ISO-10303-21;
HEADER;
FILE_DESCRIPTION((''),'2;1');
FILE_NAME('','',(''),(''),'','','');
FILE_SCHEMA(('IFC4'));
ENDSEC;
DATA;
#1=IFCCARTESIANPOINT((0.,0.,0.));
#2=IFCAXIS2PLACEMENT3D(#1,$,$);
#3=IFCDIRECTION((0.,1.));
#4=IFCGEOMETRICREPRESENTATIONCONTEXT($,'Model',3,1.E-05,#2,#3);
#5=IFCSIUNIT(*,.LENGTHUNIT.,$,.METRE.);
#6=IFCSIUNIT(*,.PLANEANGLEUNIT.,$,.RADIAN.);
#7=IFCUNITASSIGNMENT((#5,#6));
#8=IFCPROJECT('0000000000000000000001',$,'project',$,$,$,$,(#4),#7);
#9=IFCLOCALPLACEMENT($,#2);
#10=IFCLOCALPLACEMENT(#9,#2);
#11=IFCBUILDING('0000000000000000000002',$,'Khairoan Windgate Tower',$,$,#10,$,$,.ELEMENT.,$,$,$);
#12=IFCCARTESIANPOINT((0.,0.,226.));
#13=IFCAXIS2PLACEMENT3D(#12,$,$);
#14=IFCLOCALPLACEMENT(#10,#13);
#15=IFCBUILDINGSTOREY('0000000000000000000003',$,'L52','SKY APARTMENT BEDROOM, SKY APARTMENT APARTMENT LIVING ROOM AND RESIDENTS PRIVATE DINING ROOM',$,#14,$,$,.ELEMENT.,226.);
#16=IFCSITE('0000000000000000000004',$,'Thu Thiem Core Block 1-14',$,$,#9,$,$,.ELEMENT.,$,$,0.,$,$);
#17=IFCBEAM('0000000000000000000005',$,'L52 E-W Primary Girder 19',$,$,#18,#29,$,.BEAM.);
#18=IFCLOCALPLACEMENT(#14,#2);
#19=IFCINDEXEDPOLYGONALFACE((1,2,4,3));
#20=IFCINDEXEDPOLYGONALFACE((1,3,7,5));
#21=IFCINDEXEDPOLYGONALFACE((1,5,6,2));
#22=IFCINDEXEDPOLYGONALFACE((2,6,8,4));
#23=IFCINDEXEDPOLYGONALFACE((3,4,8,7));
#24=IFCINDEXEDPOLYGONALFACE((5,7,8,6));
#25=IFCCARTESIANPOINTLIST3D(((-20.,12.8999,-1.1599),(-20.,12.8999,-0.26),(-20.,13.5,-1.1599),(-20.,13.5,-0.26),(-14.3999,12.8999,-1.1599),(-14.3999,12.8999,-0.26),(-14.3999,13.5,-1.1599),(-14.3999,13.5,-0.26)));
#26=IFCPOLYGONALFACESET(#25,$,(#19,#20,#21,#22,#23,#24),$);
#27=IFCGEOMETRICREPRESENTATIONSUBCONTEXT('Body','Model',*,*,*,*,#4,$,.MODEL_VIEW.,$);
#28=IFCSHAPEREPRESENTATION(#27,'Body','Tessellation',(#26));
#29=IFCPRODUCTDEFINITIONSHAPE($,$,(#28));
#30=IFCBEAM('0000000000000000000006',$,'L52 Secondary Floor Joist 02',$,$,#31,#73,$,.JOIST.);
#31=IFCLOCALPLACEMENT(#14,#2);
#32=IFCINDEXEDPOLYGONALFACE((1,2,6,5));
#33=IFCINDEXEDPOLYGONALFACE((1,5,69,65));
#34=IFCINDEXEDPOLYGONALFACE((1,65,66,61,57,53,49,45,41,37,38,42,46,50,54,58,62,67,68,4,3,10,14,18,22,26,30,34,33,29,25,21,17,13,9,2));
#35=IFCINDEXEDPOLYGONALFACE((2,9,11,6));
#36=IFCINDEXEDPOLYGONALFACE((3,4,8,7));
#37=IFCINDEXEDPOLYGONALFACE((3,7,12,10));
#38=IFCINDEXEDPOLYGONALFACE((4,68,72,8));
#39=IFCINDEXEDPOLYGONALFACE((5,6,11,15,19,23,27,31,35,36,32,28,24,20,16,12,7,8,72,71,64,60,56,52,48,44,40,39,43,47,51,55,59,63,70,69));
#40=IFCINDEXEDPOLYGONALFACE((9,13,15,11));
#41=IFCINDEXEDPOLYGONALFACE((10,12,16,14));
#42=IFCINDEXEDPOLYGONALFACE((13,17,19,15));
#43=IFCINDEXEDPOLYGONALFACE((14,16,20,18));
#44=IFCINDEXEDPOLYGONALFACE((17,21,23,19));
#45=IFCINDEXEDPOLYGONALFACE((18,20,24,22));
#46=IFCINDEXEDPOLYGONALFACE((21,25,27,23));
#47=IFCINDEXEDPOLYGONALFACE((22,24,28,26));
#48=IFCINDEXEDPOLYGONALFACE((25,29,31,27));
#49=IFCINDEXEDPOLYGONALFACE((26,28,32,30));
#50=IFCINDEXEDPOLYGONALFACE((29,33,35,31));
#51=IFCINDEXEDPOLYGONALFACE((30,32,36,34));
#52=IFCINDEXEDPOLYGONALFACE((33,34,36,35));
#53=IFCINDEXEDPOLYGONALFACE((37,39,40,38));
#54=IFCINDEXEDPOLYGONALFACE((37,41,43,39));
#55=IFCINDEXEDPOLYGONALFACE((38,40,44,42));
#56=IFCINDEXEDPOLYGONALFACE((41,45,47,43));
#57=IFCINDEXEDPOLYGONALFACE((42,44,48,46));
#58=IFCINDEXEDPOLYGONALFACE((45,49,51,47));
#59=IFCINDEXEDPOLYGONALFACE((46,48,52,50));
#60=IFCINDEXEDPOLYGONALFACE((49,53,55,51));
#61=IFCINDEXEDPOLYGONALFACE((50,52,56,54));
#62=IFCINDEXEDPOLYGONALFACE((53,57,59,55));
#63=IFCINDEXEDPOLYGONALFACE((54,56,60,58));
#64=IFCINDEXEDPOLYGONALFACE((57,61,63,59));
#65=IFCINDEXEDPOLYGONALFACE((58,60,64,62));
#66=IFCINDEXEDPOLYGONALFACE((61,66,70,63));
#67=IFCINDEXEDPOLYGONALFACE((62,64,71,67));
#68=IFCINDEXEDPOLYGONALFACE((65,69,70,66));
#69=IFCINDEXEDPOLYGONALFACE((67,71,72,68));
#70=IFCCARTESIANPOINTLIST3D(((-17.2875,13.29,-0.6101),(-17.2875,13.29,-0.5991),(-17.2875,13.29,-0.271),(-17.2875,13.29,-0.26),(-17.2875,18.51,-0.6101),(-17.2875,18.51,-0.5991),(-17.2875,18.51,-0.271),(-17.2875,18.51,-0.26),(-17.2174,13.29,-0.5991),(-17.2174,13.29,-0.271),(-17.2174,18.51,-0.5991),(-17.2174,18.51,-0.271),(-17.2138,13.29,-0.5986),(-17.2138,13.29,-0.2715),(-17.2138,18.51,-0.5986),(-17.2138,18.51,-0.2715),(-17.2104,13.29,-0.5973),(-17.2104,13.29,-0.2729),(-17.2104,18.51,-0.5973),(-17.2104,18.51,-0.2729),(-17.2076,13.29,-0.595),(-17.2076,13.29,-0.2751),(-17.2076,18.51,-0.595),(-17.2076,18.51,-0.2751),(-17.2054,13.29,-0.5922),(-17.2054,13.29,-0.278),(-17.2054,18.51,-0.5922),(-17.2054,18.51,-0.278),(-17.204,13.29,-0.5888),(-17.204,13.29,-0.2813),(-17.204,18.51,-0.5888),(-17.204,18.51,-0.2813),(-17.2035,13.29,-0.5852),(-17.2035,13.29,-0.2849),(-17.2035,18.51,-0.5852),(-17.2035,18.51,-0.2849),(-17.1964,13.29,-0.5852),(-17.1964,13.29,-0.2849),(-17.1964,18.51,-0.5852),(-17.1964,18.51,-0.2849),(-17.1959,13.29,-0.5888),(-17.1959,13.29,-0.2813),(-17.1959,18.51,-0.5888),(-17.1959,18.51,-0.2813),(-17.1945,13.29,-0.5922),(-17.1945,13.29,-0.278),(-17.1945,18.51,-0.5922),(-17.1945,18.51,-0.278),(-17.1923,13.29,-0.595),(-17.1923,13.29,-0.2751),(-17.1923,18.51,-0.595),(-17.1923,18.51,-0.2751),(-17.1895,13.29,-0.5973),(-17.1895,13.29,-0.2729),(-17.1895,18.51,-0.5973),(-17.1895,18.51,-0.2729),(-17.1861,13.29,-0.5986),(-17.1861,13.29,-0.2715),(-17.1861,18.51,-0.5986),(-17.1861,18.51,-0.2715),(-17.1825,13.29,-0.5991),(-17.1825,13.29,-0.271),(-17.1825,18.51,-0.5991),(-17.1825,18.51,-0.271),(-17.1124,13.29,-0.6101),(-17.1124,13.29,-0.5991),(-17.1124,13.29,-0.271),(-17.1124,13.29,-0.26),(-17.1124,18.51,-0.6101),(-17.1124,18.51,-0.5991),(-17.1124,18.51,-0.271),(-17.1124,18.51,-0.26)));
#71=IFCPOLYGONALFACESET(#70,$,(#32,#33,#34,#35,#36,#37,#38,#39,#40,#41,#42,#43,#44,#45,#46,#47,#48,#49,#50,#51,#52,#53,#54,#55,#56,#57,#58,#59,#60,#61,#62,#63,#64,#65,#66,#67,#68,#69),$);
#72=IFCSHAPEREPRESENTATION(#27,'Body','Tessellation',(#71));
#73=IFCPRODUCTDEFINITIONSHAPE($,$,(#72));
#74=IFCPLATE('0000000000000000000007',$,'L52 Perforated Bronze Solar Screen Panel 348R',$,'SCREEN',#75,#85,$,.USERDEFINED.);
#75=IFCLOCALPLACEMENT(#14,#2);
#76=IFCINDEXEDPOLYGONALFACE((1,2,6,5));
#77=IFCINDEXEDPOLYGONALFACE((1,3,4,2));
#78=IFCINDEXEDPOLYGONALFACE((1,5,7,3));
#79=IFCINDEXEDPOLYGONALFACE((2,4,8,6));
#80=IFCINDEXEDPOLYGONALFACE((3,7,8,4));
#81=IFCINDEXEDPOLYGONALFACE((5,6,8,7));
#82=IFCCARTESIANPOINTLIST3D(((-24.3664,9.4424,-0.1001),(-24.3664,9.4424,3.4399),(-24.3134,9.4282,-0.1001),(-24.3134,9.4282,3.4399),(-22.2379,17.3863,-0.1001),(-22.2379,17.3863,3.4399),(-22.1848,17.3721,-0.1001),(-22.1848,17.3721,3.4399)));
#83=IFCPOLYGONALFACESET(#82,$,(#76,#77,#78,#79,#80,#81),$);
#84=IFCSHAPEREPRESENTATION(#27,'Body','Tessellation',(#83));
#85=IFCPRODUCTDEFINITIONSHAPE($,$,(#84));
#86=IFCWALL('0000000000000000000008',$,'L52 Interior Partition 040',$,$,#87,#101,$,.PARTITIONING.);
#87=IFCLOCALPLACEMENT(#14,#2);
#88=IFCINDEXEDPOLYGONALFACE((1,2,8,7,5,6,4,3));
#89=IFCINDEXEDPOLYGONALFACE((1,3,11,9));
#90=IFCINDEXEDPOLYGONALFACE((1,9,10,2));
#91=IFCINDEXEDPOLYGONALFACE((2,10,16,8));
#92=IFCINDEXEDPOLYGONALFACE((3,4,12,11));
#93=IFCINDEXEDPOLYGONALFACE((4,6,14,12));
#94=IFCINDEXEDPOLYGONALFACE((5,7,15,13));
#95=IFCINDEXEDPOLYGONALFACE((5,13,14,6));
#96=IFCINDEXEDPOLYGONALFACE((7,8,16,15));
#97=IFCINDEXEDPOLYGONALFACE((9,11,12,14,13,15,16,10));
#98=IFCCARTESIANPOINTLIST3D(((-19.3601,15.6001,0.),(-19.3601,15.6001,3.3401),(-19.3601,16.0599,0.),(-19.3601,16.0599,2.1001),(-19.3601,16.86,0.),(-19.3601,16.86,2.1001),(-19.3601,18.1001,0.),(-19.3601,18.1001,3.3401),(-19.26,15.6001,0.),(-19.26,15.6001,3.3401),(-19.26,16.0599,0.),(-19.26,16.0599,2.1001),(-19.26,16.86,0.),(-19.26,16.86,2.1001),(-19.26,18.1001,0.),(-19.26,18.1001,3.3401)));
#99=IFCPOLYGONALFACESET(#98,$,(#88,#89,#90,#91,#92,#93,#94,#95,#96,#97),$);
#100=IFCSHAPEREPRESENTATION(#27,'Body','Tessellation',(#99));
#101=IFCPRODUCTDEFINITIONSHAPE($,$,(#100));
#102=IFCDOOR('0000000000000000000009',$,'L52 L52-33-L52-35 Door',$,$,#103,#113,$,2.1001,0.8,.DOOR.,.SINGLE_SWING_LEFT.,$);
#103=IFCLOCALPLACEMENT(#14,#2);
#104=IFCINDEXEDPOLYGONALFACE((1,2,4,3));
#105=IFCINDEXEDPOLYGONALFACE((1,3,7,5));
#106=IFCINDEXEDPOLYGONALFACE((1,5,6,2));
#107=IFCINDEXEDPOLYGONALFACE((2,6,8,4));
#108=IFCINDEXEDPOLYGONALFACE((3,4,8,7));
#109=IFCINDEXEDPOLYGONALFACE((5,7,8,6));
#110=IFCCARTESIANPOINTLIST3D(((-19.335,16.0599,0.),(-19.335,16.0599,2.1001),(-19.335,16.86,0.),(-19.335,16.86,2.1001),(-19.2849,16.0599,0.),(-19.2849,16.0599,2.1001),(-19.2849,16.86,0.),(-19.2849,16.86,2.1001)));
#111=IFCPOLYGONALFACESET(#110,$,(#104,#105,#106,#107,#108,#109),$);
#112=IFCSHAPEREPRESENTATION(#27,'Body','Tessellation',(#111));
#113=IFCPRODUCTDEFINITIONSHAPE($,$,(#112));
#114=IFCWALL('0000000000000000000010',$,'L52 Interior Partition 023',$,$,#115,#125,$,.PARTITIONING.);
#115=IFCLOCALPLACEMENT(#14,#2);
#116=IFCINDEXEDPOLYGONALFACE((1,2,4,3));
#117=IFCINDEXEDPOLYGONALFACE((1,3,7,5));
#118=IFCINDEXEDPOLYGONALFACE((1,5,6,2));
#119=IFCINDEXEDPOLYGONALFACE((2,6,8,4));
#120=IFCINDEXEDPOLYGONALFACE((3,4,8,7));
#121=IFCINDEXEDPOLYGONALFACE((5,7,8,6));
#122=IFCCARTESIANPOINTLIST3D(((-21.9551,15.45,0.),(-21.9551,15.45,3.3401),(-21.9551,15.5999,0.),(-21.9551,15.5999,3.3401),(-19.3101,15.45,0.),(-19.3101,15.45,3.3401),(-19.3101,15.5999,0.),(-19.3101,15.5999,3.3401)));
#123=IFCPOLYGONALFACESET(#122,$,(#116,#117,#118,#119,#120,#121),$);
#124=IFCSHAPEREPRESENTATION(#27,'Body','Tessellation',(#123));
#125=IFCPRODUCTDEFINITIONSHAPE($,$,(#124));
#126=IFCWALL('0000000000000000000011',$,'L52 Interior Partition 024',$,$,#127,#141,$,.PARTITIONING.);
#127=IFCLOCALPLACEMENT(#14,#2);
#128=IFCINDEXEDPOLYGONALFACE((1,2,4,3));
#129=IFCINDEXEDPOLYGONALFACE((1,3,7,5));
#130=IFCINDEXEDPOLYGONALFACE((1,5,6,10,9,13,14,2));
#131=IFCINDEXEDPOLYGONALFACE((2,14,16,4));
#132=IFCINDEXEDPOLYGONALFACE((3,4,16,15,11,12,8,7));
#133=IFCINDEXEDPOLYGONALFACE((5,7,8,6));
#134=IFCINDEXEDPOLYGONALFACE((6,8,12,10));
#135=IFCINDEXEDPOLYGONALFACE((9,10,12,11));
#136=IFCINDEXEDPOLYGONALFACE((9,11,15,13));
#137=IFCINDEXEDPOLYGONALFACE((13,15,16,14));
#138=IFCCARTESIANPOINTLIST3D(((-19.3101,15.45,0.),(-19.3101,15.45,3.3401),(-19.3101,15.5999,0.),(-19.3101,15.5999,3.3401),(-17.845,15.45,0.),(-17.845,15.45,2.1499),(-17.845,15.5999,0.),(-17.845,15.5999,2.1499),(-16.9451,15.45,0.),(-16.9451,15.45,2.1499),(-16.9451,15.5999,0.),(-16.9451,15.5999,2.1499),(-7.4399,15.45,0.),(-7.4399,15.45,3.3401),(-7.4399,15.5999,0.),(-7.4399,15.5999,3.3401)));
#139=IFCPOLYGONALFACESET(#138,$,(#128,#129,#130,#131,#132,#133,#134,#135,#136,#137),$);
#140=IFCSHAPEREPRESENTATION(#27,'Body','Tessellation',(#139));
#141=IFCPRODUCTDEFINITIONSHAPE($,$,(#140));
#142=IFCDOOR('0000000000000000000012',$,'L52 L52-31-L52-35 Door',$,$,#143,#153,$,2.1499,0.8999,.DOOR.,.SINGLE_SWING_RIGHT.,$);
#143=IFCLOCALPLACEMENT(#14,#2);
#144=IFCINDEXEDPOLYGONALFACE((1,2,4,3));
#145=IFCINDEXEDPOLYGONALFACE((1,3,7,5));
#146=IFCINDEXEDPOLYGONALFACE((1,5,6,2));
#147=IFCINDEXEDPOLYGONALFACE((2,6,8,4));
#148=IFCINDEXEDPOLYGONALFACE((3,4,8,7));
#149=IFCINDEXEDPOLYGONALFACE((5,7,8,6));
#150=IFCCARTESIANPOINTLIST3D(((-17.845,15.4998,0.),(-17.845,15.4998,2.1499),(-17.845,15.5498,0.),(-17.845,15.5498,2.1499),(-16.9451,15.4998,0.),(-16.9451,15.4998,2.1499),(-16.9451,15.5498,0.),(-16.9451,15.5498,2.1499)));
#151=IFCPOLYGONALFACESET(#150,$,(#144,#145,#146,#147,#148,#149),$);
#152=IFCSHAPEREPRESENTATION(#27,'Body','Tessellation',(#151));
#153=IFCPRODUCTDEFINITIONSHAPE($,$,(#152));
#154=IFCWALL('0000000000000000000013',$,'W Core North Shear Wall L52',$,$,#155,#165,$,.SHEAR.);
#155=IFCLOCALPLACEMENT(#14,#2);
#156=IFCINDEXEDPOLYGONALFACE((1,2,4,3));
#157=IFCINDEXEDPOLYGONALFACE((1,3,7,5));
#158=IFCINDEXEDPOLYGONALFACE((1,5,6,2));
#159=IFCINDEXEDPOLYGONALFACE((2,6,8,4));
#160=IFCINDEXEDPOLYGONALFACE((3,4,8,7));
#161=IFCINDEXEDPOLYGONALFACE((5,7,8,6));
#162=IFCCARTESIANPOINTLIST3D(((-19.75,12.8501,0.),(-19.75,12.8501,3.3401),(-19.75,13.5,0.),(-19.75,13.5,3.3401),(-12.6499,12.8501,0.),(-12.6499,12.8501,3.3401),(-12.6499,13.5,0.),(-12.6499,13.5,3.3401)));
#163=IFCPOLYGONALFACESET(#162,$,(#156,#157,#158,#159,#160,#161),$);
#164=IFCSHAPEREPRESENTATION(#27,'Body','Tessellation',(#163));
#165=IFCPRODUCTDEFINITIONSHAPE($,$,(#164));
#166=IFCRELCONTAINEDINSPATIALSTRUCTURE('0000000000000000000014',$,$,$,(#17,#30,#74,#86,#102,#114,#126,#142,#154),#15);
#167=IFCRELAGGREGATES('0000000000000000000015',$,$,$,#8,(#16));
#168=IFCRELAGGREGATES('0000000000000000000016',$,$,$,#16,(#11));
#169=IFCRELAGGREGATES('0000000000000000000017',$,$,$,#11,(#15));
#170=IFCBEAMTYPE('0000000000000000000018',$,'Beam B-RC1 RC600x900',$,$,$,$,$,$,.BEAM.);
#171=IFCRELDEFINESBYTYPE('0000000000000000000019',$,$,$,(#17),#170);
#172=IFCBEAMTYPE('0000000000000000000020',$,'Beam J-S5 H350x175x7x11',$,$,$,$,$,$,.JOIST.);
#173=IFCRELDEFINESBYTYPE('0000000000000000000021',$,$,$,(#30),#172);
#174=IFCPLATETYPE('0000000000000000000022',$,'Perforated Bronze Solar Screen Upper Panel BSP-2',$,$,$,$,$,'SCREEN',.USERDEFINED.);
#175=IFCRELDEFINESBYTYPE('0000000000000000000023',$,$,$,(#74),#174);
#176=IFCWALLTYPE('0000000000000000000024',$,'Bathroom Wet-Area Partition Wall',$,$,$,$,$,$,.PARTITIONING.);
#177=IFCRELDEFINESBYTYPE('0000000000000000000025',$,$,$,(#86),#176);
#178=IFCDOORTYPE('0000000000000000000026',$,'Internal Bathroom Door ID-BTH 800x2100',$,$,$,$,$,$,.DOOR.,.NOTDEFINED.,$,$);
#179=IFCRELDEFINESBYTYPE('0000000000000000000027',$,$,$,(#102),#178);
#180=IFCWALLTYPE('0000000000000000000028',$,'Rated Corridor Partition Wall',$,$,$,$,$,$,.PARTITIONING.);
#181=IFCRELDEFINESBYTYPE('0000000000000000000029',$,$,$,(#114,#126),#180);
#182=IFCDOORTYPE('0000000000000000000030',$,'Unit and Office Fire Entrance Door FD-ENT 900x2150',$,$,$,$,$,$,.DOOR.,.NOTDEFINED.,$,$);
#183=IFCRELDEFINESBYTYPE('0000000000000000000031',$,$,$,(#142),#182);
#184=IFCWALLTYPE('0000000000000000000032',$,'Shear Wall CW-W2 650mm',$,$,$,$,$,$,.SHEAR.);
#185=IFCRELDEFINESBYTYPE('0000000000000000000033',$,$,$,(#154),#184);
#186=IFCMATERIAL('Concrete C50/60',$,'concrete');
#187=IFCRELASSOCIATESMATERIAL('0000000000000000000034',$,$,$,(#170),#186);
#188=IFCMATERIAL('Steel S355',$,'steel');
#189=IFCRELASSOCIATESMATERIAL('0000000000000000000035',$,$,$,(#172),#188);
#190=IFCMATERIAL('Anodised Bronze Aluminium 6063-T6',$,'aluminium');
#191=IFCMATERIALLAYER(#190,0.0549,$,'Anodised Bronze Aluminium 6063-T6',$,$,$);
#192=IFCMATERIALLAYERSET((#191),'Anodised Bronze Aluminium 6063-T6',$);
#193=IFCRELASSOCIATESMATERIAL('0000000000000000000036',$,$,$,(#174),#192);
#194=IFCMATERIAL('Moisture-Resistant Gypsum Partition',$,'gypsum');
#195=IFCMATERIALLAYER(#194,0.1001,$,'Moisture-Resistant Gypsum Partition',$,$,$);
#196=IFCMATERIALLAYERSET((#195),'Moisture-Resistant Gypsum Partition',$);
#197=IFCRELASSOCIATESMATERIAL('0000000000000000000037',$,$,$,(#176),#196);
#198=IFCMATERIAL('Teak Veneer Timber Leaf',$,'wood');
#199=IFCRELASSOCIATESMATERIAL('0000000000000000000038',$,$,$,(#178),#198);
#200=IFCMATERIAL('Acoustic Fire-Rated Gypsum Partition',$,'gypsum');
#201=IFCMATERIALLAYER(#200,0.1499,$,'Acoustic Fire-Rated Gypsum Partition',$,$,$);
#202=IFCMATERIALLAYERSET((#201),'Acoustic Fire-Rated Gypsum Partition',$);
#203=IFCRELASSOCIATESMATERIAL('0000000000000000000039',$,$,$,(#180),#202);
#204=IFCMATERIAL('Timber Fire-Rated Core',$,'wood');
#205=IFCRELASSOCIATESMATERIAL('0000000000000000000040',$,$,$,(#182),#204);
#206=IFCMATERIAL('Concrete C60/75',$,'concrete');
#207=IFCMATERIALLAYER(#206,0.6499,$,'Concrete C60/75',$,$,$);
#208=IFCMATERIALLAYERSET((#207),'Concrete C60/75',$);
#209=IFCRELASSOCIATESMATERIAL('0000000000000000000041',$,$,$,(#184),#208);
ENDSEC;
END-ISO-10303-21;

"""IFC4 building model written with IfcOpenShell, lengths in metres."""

from ifc_helpers import new_model, si_unit, direction, frame, frame_2d, origin, origin_2d, place, context, subcontext, project, spatial, rectangle, i_section, extrude, material, layer, layer_set, material_profile, profile_set, type_object, element, fill, save


model = new_model("IFC4")

# Units and contexts
model_context = context("Model", 3, precision=1e-05, world=origin(), true_north=direction((0.0, 1.0)))
body_context = subcontext(model_context, "Body", "Model", "MODEL_VIEW")
ifc_project = project(units=[si_unit("LENGTHUNIT", "METRE"), si_unit("PLANEANGLEUNIT", "RADIAN")], contexts=[model_context])

# Site, building, storey
site_placement = place(None, origin())
site = spatial("IfcSite", under=ifc_project, at=site_placement, Name="Thu Thiem Core Block 1-14", CompositionType="ELEMENT", RefElevation=0.0)
building_placement = place(site_placement, origin())
building = spatial("IfcBuilding", under=site, at=building_placement, Name="Khairoan Windgate Tower", CompositionType="ELEMENT")
storey_placement = place(building_placement, frame((0.0, 0.0, 226.0)))
storey = spatial("IfcBuildingStorey", under=building, at=storey_placement, Name="L52", Description="SKY APARTMENT BEDROOM, SKY APARTMENT APARTMENT LIVING ROOM AND RESIDENTS PRIVATE DINING ROOM", CompositionType="ELEMENT", Elevation=226.0)

# Beams
ifc_material_1 = material(Name="Concrete C50/60", Category="concrete")
ifc_material_profile_1 = material_profile(ifc_material_1, rectangle(XDim=0.6001, YDim=0.8999, at=origin_2d()))
ifc_profile_set_1 = profile_set([ifc_material_profile_1], Name="Concrete C50/60")
beam_type_1 = type_object("IfcBeamType", Name="Beam B-RC1 RC600x900", PredefinedType="BEAM", material=ifc_profile_set_1)
beam_1_placement = place(storey_placement, frame((-20.0, 13.2, -0.71), z_axis=(1.0, 0.0, 0.0), x_axis=(0.0, 1.0, 0.0)))
element("IfcBeam", 1, at=beam_1_placement, inside=storey, type_object=beam_type_1, Name="L52 E-W Primary Girder 19", PredefinedType="BEAM", context=body_context, shape_type="SweptSolid", body=[
    extrude(rectangle(XDim=0.6001, YDim=0.8999, at=origin_2d()), origin(), (0.0, 0.0, 1.0), 5.6001),
])
ifc_material_2 = material(Name="Steel S355", Category="steel")
ifc_material_profile_2 = material_profile(ifc_material_2, i_section(OverallWidth=0.175, OverallDepth=0.3501, WebThickness=0.0071, FlangeThickness=0.011, FilletRadius=0.0139, at=origin_2d()))
ifc_profile_set_2 = profile_set([ifc_material_profile_2], Name="Steel S355")
beam_type_2 = type_object("IfcBeamType", Name="Beam J-S5 H350x175x7x11", PredefinedType="JOIST", material=ifc_profile_set_2)
beam_2_placement = place(storey_placement, frame((-17.2, 13.29, -0.4351), z_axis=(0.0, 1.0, 0.0), x_axis=(-1.0, 0.0, 0.0)))
element("IfcBeam", 2, at=beam_2_placement, inside=storey, type_object=beam_type_2, Name="L52 Secondary Floor Joist 02", PredefinedType="JOIST", context=body_context, shape_type="SweptSolid", body=[
    extrude(i_section(OverallWidth=0.175, OverallDepth=0.3501, WebThickness=0.0071, FlangeThickness=0.011, FilletRadius=0.0139, at=origin_2d()), origin(), (0.0, 0.0, 1.0), 5.22),
])

# Plate
ifc_material_3 = material(Name="Anodised Bronze Aluminium 6063-T6", Category="aluminium")
ifc_layer_1 = layer(ifc_material_3, 0.0549, Name="Anodised Bronze Aluminium 6063-T6")
ifc_layer_set_1 = layer_set([ifc_layer_1], Name="Anodised Bronze Aluminium 6063-T6")
plate_type = type_object("IfcPlateType", Name="Perforated Bronze Solar Screen Upper Panel BSP-2", ElementType="SCREEN", PredefinedType="USERDEFINED", material=ifc_layer_set_1)
plate_placement = place(storey_placement, frame((-23.2756, 13.4072, -0.1001), z_axis=(0.0, 0.0, 1.0), x_axis=(0.258819, 0.965926, 0.0)))
element("IfcPlate", 3, at=plate_placement, inside=storey, type_object=plate_type, Name="L52 Perforated Bronze Solar Screen Panel 348R", ObjectType="SCREEN", PredefinedType="USERDEFINED", context=body_context, shape_type="SweptSolid", body=[
    extrude(rectangle(XDim=8.2241, YDim=0.0549, at=origin_2d()), origin(), (0.0, 0.0, 1.0), 3.54),
])

# Wall, opening, door
ifc_material_4 = material(Name="Moisture-Resistant Gypsum Partition", Category="gypsum")
ifc_layer_2 = layer(ifc_material_4, 0.1001, Name="Moisture-Resistant Gypsum Partition")
ifc_layer_set_2 = layer_set([ifc_layer_2], Name="Moisture-Resistant Gypsum Partition")
wall_type_1 = type_object("IfcWallType", Name="Bathroom Wet-Area Partition Wall", PredefinedType="PARTITIONING", material=ifc_layer_set_2)
wall_1_placement = place(storey_placement, frame((-19.3101, 15.6001, 0.0), z_axis=(0.0, 0.0, 1.0), x_axis=(0.0, 1.0, 0.0)))
wall_1 = element("IfcWall", 4, at=wall_1_placement, inside=storey, type_object=wall_type_1, Name="L52 Interior Partition 040", PredefinedType="PARTITIONING", context=body_context, shape_type="SweptSolid", body=[
    extrude(rectangle(XDim=2.5, YDim=0.1001, at=frame_2d((1.25, 0.0))), origin(), (0.0, 0.0, 1.0), 3.3401),
])
opening_1_placement = place(wall_1_placement, frame((0.46, 0.0, 0.0)))
opening_1 = element("IfcOpeningElement", 5, at=opening_1_placement, cuts=wall_1, PredefinedType="OPENING", context=body_context, shape_type="SweptSolid", body=[
    extrude(rectangle(XDim=0.8, YDim=2.1001, at=frame_2d((0.3999, 1.05))), frame((0.0, 0.0601, 0.0), z_axis=(0.0, -1.0, 0.0), x_axis=(1.0, 0.0, 0.0)), (0.0, 0.0, 1.0), 0.1201),
])
ifc_material_5 = material(Name="Teak Veneer Timber Leaf", Category="wood")
door_type_1 = type_object("IfcDoorType", Name="Internal Bathroom Door ID-BTH 800x2100", OperationType="NOTDEFINED", PredefinedType="DOOR", material=ifc_material_5)
door_1_placement = place(opening_1_placement, origin())
door_1 = element("IfcDoor", 6, at=door_1_placement, inside=storey, type_object=door_type_1, Name="L52 L52-33-L52-35 Door", OperationType="SINGLE_SWING_LEFT", OverallHeight=2.1001, OverallWidth=0.8, PredefinedType="DOOR", context=body_context, shape_type="SweptSolid", body=[
    extrude(rectangle(XDim=0.8, YDim=2.1001, at=frame_2d((0.3999, 1.05))), frame((0.0, 0.0249, 0.0), z_axis=(0.0, -1.0, 0.0), x_axis=(1.0, 0.0, 0.0)), (0.0, 0.0, 1.0), 0.05),
])
fill(opening_1, door_1)

# Wall
ifc_material_6 = material(Name="Acoustic Fire-Rated Gypsum Partition", Category="gypsum")
ifc_layer_3 = layer(ifc_material_6, 0.1499, Name="Acoustic Fire-Rated Gypsum Partition")
ifc_layer_set_3 = layer_set([ifc_layer_3], Name="Acoustic Fire-Rated Gypsum Partition")
wall_type_2 = type_object("IfcWallType", Name="Rated Corridor Partition Wall", PredefinedType="PARTITIONING", material=ifc_layer_set_3)
wall_2_placement = place(storey_placement, frame((-21.9551, 15.5249, 0.0), z_axis=(0.0, 0.0, 1.0), x_axis=(1.0, 0.0, 0.0)))
element("IfcWall", 7, at=wall_2_placement, inside=storey, type_object=wall_type_2, Name="L52 Interior Partition 023", PredefinedType="PARTITIONING", context=body_context, shape_type="SweptSolid", body=[
    extrude(rectangle(XDim=2.645, YDim=0.1499, at=frame_2d((1.3225, 0.0))), origin(), (0.0, 0.0, 1.0), 3.3401),
])

# Wall, opening, door
wall_3_placement = place(storey_placement, frame((-19.3101, 15.5249, 0.0), z_axis=(0.0, 0.0, 1.0), x_axis=(1.0, 0.0, 0.0)))
wall_3 = element("IfcWall", 8, at=wall_3_placement, inside=storey, type_object=wall_type_2, Name="L52 Interior Partition 024", PredefinedType="PARTITIONING", context=body_context, shape_type="SweptSolid", body=[
    extrude(rectangle(XDim=11.8701, YDim=0.1499, at=frame_2d((5.9351, 0.0))), origin(), (0.0, 0.0, 1.0), 3.3401),
])
opening_2_placement = place(wall_3_placement, frame((1.4651, 0.0, 0.0)))
opening_2 = element("IfcOpeningElement", 9, at=opening_2_placement, cuts=wall_3, PredefinedType="OPENING", context=body_context, shape_type="SweptSolid", body=[
    extrude(rectangle(XDim=0.8999, YDim=2.1499, at=frame_2d((0.45, 1.075))), frame((0.0, 0.085, 0.0), z_axis=(0.0, -1.0, 0.0), x_axis=(1.0, 0.0, 0.0)), (0.0, 0.0, 1.0), 0.1699),
])
ifc_material_7 = material(Name="Timber Fire-Rated Core", Category="wood")
door_type_2 = type_object("IfcDoorType", Name="Unit and Office Fire Entrance Door FD-ENT 900x2150", OperationType="NOTDEFINED", PredefinedType="DOOR", material=ifc_material_7)
door_2_placement = place(opening_2_placement, origin())
door_2 = element("IfcDoor", 10, at=door_2_placement, inside=storey, type_object=door_type_2, Name="L52 L52-31-L52-35 Door", OperationType="SINGLE_SWING_RIGHT", OverallHeight=2.1499, OverallWidth=0.8999, PredefinedType="DOOR", context=body_context, shape_type="SweptSolid", body=[
    extrude(rectangle(XDim=0.8999, YDim=2.1499, at=frame_2d((0.45, 1.075))), frame((0.0, 0.0249, 0.0), z_axis=(0.0, -1.0, 0.0), x_axis=(1.0, 0.0, 0.0)), (0.0, 0.0, 1.0), 0.05),
])
fill(opening_2, door_2)

# Wall
ifc_material_8 = material(Name="Concrete C60/75", Category="concrete")
ifc_layer_4 = layer(ifc_material_8, 0.6499, Name="Concrete C60/75")
ifc_layer_set_4 = layer_set([ifc_layer_4], Name="Concrete C60/75")
wall_type_3 = type_object("IfcWallType", Name="Shear Wall CW-W2 650mm", PredefinedType="SHEAR", material=ifc_layer_set_4)
wall_4_placement = place(storey_placement, frame((-19.75, 13.175, 0.0), z_axis=(0.0, 0.0, 1.0), x_axis=(1.0, 0.0, 0.0)))
element("IfcWall", 11, at=wall_4_placement, inside=storey, type_object=wall_type_3, Name="W Core North Shear Wall L52", PredefinedType="SHEAR", context=body_context, shape_type="SweptSolid", body=[
    extrude(rectangle(XDim=7.1001, YDim=0.6499, at=frame_2d((3.55, 0.0))), origin(), (0.0, 0.0, 1.0), 3.3401),
])

save(model, "model.ifc")
